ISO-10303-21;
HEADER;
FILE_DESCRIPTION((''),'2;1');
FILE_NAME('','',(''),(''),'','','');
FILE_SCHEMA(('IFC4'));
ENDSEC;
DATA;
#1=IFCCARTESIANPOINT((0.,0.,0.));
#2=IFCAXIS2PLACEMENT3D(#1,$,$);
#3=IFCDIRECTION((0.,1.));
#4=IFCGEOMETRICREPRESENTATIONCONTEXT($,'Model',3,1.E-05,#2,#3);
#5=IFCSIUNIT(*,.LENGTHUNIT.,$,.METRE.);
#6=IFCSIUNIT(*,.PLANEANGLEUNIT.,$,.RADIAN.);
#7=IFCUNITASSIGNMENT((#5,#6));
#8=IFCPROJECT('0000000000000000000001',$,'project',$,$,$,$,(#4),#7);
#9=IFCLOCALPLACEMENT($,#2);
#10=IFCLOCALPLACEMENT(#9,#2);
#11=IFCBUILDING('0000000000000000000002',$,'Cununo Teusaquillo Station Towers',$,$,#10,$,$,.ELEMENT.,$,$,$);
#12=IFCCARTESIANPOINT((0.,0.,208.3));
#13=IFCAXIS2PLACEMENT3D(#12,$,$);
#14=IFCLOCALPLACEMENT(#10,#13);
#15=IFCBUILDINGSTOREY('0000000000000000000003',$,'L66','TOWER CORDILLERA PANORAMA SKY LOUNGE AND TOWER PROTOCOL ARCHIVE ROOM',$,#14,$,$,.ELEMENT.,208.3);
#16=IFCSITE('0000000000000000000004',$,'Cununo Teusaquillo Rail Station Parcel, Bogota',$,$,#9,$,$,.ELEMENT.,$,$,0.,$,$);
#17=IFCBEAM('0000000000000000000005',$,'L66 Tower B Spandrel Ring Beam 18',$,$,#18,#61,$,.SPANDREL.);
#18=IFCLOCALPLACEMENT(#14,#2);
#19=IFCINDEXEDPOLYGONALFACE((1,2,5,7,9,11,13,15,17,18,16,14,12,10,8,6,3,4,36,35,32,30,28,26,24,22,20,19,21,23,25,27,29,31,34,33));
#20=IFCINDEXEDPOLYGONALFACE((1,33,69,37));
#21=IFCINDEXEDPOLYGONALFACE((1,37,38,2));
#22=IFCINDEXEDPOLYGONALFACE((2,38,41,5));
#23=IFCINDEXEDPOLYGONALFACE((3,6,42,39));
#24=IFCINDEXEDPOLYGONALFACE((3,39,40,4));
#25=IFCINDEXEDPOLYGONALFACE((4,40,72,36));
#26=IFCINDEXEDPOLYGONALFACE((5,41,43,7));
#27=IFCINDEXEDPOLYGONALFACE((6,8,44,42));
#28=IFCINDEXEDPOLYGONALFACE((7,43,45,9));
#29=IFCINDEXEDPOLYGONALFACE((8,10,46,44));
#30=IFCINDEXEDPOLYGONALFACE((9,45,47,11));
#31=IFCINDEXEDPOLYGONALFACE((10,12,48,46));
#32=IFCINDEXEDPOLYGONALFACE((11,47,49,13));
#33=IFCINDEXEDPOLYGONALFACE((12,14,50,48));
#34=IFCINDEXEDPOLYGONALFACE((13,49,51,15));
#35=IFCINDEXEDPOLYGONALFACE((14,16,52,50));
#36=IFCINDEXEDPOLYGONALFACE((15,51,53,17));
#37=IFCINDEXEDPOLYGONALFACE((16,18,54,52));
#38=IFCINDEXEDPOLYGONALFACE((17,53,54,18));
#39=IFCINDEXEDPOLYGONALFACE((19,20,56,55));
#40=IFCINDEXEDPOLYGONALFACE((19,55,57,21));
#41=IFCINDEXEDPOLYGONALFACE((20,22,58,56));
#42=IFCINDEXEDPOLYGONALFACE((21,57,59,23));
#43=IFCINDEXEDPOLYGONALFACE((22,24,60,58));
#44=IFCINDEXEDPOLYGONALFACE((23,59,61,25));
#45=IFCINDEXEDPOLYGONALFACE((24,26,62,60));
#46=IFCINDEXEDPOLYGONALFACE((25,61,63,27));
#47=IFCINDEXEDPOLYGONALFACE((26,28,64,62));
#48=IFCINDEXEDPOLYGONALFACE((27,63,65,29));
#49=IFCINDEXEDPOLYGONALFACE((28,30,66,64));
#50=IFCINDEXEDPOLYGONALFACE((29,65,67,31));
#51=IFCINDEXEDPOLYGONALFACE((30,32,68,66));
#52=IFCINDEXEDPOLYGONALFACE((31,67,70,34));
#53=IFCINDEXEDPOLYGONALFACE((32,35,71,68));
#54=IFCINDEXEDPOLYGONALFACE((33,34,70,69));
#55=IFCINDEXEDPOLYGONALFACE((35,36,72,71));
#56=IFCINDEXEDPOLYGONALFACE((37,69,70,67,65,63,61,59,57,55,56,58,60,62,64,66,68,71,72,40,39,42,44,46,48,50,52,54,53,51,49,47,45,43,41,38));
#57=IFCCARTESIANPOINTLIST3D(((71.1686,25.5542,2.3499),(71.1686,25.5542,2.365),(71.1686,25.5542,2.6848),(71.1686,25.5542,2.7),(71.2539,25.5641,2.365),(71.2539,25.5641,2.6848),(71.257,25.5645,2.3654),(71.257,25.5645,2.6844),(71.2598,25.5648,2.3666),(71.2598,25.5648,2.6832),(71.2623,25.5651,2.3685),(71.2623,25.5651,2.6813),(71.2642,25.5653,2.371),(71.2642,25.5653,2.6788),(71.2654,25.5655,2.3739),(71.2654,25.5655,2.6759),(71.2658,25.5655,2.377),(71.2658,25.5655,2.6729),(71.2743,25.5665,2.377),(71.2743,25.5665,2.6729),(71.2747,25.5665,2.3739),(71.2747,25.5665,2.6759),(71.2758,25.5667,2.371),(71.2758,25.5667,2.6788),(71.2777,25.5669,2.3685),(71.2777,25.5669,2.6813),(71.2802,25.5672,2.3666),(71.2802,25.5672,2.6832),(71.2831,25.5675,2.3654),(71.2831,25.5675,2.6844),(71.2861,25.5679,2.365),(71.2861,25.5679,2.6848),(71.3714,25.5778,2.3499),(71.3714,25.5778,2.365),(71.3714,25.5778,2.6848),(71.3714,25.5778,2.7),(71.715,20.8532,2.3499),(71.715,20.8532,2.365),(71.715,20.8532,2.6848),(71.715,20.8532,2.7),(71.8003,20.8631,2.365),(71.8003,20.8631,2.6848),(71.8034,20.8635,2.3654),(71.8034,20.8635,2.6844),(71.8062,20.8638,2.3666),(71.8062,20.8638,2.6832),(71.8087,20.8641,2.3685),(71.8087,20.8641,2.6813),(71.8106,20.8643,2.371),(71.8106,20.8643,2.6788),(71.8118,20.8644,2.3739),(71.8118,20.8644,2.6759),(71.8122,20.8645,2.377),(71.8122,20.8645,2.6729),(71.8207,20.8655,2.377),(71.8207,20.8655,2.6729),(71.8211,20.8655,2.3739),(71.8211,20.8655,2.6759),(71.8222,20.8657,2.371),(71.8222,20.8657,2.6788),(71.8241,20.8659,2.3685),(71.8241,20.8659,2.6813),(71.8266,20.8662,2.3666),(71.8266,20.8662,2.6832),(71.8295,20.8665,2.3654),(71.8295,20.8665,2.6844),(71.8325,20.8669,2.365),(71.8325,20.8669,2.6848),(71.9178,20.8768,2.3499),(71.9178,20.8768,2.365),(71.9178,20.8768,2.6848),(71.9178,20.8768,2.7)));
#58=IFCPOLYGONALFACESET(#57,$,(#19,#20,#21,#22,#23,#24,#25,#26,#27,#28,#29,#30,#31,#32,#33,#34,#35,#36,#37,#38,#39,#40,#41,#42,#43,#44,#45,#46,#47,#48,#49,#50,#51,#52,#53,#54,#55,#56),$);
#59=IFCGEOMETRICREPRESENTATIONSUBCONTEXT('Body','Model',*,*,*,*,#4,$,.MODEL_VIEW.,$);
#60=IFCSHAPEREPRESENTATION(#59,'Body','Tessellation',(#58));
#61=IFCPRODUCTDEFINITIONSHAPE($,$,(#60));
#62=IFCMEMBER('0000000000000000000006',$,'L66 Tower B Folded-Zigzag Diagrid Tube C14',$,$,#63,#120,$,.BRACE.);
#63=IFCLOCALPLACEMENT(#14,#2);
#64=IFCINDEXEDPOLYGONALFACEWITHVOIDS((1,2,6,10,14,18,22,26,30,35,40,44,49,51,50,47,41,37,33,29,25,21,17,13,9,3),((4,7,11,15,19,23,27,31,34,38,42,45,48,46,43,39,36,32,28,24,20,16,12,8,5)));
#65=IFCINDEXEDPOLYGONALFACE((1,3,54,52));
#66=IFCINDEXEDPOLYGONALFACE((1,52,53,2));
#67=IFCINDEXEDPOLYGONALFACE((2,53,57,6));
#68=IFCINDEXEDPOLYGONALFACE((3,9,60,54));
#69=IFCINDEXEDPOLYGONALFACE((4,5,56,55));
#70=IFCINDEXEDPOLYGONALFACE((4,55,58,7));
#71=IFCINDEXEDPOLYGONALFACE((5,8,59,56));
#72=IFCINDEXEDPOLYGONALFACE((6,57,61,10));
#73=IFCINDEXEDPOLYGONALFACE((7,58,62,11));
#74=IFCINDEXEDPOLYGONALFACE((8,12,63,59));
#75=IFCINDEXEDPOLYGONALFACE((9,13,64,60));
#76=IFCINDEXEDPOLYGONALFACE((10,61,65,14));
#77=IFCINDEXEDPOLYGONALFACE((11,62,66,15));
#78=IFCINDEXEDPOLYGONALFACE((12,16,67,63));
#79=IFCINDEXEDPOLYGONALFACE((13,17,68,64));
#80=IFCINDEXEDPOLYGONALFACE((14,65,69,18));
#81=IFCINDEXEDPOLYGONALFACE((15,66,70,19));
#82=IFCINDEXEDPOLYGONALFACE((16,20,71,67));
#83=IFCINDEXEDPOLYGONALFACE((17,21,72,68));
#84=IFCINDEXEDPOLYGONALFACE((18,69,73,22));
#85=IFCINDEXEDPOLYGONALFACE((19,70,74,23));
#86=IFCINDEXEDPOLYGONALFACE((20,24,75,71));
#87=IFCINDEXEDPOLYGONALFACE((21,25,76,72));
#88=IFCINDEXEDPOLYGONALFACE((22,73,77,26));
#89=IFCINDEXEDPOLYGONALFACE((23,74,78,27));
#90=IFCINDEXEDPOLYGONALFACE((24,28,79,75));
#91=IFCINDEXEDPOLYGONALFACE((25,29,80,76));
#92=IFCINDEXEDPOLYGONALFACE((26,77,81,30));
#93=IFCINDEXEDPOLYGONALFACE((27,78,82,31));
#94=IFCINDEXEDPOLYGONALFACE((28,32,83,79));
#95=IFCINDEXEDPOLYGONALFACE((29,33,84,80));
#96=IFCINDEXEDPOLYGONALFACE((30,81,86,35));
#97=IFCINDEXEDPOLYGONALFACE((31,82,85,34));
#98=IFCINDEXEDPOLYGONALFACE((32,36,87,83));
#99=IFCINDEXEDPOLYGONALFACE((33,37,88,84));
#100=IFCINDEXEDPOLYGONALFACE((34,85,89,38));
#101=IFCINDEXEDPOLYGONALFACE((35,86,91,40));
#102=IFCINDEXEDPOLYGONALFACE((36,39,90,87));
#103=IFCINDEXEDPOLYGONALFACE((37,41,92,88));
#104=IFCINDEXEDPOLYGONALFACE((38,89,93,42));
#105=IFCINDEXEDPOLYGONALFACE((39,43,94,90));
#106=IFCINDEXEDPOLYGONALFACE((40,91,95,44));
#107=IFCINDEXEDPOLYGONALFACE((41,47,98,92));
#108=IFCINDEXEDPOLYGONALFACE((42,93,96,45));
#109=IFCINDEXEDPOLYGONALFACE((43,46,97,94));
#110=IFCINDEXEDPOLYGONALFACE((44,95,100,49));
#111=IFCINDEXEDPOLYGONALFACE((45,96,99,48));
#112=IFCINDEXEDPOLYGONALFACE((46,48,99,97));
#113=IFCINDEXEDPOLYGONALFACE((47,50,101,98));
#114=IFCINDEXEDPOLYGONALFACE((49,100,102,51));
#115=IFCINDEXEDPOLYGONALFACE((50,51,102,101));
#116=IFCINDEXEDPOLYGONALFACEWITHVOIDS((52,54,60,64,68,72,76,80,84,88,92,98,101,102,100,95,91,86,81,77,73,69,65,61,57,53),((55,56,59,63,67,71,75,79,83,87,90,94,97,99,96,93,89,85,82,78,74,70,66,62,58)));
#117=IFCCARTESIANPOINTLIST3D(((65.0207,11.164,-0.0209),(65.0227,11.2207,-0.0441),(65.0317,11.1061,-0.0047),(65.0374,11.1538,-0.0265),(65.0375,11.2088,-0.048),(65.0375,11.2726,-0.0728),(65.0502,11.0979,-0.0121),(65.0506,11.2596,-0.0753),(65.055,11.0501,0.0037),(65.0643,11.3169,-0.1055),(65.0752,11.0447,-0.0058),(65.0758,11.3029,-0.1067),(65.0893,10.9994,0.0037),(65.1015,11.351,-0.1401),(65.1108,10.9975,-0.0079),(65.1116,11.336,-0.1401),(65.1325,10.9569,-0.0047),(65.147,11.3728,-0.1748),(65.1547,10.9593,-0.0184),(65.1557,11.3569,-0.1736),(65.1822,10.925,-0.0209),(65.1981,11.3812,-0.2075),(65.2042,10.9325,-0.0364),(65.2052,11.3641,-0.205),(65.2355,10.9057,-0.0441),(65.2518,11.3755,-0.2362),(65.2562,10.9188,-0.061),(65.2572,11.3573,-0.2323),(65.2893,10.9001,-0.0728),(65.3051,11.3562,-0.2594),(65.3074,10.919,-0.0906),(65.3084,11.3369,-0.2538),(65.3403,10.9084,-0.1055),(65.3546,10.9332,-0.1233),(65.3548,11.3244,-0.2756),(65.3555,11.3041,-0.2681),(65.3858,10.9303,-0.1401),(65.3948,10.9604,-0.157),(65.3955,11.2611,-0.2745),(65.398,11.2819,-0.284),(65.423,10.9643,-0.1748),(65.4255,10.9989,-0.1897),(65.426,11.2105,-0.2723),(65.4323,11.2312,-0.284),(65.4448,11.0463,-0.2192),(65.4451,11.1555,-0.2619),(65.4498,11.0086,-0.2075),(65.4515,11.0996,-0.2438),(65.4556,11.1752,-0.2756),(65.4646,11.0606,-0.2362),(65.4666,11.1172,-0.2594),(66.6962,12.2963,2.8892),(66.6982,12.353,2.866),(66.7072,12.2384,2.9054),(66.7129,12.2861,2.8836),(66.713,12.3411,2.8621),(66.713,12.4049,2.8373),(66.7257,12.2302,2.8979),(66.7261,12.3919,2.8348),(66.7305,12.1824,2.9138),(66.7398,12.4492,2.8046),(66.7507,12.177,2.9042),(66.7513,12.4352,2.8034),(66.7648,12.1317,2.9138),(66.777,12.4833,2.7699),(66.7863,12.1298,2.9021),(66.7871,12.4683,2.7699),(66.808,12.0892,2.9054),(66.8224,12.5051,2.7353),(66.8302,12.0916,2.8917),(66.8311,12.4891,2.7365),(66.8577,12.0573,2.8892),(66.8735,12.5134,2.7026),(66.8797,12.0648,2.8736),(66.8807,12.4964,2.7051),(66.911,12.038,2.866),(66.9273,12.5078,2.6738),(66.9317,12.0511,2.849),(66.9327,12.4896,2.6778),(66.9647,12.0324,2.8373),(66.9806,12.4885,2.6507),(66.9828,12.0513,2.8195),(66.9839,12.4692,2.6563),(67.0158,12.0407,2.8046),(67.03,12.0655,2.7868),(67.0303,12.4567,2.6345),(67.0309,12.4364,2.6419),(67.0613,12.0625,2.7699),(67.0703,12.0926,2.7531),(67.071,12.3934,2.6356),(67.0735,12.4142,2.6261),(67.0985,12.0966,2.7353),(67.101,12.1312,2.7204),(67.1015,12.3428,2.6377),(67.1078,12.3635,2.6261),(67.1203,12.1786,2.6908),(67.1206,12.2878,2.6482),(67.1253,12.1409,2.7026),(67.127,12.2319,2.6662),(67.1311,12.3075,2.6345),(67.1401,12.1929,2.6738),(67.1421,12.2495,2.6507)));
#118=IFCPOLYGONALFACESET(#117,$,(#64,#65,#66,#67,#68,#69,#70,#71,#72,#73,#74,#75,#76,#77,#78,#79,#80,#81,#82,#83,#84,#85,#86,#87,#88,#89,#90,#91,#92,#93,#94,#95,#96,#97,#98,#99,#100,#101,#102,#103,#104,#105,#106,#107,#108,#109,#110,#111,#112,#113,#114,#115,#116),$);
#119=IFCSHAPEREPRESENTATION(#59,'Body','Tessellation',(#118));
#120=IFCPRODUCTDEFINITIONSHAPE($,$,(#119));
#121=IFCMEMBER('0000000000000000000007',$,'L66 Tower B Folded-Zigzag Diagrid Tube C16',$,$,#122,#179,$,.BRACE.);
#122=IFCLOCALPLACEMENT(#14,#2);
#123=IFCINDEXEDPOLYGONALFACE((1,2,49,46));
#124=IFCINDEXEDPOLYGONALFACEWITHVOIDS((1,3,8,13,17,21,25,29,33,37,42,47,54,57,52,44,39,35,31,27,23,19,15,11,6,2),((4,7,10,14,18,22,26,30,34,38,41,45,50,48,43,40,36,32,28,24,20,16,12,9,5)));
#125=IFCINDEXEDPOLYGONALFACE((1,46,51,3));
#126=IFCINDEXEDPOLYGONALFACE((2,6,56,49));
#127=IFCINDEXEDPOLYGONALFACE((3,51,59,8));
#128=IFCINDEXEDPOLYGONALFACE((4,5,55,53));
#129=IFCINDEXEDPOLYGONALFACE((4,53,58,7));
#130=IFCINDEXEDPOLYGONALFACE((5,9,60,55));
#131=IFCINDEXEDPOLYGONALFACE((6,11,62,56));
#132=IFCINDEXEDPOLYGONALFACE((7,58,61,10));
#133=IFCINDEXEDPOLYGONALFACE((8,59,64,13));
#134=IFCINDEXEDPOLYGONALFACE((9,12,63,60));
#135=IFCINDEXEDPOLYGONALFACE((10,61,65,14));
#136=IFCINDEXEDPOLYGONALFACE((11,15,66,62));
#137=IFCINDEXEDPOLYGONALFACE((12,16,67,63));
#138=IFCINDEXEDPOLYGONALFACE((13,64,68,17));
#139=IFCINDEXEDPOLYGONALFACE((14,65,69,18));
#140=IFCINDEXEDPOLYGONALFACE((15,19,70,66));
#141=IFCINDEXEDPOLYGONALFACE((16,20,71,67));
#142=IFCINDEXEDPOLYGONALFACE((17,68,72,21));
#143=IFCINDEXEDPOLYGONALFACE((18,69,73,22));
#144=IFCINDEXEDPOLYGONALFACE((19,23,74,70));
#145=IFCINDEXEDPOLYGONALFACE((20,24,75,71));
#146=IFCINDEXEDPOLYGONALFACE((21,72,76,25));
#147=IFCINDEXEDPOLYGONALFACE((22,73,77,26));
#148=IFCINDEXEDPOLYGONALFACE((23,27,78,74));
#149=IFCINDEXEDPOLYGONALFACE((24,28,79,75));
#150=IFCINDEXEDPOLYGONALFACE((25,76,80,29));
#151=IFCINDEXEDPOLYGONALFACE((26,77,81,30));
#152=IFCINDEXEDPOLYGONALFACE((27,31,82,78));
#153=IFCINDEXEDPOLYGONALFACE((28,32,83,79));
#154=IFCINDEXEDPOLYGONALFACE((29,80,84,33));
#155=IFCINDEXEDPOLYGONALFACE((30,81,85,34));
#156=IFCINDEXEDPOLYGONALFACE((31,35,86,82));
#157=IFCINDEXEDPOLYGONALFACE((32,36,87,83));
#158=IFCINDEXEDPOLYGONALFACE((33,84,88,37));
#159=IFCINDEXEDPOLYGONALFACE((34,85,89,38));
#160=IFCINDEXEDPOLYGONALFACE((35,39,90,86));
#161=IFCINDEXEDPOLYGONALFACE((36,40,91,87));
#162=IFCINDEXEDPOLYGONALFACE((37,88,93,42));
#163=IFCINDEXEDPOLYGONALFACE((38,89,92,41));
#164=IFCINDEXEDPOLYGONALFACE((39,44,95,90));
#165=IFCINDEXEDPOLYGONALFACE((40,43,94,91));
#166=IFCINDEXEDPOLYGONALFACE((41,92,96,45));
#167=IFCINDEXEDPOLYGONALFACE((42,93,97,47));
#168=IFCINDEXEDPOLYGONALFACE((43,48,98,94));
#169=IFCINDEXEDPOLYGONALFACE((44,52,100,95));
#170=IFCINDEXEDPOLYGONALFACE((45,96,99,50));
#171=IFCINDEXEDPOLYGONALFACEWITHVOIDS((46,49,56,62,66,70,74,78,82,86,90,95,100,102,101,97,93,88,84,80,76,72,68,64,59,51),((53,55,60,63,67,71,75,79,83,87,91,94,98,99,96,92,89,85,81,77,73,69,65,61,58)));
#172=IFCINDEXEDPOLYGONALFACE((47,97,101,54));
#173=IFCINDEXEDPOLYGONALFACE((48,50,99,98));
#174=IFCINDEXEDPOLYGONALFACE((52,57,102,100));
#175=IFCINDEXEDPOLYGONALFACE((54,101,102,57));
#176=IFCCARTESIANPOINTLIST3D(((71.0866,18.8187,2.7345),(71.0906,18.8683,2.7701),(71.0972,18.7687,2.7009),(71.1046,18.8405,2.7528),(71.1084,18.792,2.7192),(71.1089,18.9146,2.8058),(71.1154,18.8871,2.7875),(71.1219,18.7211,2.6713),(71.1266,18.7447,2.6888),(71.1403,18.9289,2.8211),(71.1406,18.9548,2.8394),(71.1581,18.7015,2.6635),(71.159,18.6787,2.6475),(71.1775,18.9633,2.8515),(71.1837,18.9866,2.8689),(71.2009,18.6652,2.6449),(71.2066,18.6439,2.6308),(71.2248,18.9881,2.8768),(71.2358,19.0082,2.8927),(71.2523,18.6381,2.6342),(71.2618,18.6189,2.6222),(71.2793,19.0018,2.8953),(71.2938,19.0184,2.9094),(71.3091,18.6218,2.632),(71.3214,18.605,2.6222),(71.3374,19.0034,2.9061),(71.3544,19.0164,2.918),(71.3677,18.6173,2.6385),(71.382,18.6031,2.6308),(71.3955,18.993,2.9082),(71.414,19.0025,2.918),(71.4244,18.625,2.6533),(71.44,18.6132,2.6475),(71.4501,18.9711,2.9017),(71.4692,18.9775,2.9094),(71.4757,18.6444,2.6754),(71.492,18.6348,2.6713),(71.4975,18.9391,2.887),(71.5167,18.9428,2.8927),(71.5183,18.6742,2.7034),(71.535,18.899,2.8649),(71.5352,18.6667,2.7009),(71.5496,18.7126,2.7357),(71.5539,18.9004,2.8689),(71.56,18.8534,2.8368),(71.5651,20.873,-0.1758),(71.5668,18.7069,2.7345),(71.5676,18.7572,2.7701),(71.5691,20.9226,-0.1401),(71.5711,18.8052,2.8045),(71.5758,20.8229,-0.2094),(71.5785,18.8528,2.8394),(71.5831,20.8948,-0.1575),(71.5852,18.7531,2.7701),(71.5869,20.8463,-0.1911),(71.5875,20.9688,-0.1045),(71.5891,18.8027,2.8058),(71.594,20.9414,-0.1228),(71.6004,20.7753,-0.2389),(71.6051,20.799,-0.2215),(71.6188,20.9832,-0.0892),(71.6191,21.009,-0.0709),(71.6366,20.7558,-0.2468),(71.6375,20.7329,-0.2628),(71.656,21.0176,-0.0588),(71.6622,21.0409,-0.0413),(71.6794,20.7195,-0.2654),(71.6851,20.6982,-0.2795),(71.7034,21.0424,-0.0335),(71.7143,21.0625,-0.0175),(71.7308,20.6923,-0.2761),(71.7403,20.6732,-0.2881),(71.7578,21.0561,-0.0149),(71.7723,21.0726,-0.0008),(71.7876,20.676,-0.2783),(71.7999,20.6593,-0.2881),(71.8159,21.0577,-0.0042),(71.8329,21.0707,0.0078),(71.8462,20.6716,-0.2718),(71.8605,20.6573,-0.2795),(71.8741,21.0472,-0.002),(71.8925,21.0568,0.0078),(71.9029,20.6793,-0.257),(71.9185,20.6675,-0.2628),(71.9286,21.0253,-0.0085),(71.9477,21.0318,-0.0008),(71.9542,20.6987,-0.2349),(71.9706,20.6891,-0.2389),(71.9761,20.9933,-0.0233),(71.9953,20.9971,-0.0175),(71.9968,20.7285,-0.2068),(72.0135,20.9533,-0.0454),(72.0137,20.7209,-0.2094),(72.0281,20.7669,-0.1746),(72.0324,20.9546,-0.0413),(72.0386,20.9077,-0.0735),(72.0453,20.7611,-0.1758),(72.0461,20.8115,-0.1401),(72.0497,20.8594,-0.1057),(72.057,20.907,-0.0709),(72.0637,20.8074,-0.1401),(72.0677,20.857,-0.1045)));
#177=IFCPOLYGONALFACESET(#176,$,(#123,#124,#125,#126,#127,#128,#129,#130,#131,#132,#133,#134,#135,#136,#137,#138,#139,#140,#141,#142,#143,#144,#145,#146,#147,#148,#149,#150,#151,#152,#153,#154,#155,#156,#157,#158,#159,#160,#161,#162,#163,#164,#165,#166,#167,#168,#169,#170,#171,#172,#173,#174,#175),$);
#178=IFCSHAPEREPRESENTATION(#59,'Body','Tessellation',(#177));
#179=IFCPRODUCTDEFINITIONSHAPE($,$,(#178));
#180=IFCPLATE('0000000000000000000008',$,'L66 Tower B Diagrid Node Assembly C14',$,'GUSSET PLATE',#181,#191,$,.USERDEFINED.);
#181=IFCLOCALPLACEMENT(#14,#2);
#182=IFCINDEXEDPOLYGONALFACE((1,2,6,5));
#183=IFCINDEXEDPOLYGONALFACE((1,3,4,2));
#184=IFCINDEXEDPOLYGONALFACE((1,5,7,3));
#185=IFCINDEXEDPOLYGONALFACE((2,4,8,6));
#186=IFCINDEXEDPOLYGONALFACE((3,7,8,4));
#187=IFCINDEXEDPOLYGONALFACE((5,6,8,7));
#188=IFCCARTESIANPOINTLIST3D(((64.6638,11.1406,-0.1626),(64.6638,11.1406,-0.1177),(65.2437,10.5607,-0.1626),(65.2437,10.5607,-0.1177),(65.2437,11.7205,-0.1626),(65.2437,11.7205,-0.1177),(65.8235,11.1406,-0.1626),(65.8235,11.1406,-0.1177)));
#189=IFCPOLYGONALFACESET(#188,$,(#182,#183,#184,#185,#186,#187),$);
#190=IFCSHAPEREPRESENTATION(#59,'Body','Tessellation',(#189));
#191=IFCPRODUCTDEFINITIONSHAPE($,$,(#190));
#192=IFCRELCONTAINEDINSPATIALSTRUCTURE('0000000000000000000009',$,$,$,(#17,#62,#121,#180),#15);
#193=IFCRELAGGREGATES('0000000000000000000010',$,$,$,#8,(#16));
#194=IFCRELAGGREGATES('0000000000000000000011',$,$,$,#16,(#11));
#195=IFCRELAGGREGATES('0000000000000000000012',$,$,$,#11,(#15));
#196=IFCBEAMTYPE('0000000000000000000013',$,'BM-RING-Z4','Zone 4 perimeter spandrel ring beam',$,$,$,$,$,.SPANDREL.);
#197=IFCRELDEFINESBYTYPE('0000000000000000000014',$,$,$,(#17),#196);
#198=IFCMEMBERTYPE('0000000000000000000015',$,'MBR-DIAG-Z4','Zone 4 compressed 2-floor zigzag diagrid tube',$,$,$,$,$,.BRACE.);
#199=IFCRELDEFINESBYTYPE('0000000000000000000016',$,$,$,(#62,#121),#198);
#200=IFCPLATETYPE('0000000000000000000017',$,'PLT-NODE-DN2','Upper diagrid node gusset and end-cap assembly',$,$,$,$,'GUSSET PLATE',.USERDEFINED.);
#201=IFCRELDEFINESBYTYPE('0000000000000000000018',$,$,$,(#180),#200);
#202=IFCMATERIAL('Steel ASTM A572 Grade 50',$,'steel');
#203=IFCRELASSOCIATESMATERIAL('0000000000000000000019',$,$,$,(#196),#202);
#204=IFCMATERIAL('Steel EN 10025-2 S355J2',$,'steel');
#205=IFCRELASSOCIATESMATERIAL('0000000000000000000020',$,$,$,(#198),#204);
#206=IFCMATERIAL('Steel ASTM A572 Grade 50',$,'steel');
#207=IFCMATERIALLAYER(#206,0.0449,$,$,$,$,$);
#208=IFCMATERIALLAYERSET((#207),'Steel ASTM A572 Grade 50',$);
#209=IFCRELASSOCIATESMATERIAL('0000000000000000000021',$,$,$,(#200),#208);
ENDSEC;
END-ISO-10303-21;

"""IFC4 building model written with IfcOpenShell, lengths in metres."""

from ifc_helpers import new_model, si_unit, direction, frame, origin, origin_2d, place, context, subcontext, project, spatial, rectangle, hollow_circle, i_section, extrude, source, transform, mapped, material, layer, layer_set, material_profile, profile_set, type_object, element, save


model = new_model("IFC4")

# Units and contexts
model_context = context("Model", 3, precision=1e-05, world=origin(), true_north=direction((0.0, 1.0)))
body_context = subcontext(model_context, "Body", "Model", "MODEL_VIEW")
ifc_project = project(units=[si_unit("LENGTHUNIT", "METRE"), si_unit("PLANEANGLEUNIT", "RADIAN")], contexts=[model_context])

# Site, building, storey
site_placement = place(None, origin())
site = spatial("IfcSite", under=ifc_project, at=site_placement, Name="Cununo Teusaquillo Rail Station Parcel, Bogota", CompositionType="ELEMENT", RefElevation=0.0)
building_placement = place(site_placement, origin())
building = spatial("IfcBuilding", under=site, at=building_placement, Name="Cununo Teusaquillo Station Towers", CompositionType="ELEMENT")
storey_placement = place(building_placement, frame((0.0, 0.0, 208.3)))
storey = spatial("IfcBuildingStorey", under=building, at=storey_placement, Name="L66", Description="TOWER CORDILLERA PANORAMA SKY LOUNGE AND TOWER PROTOCOL ARCHIVE ROOM", CompositionType="ELEMENT", Elevation=208.3)

# Beam
ifc_material_1 = material(Name="Steel ASTM A572 Grade 50", Category="steel")
ifc_material_profile_1 = material_profile(ifc_material_1, i_section(OverallWidth=0.2041, OverallDepth=0.3501, WebThickness=0.0085, FlangeThickness=0.0151, FilletRadius=0.012, at=origin_2d()), Name="W14X48")
ifc_profile_set_1 = profile_set([ifc_material_profile_1], Name="Steel ASTM A572 Grade 50")
beam_type_1 = type_object("IfcBeamType", Name="BM-RING-Z4", Description="Zone 4 perimeter spandrel ring beam", PredefinedType="SPANDREL", material=ifc_profile_set_1)
beam_1_placement = place(storey_placement, frame((71.8164, 20.865, 2.5249), z_axis=(-0.115452, 0.993313, 0.0), x_axis=(-0.993313, -0.115452, 0.0)))
element("IfcBeam", 1, at=beam_1_placement, inside=storey, type_object=beam_type_1, Name="L66 Tower B Spandrel Ring Beam 18", PredefinedType="SPANDREL", context=body_context, shape_type="SweptSolid", body=[
    extrude(i_section(OverallWidth=0.2041, OverallDepth=0.3501, WebThickness=0.0085, FlangeThickness=0.0151, FilletRadius=0.012, at=origin_2d()), origin(), (0.0, 0.0, 1.0), 4.7327),
])

# Members
ifc_material_2 = material(Name="Steel EN 10025-2 S355J2", Category="steel")
ifc_material_profile_2 = material_profile(ifc_material_2, hollow_circle(Radius=0.2539, WallThickness=0.0181, at=origin_2d()), Name="CHS 508x18")
ifc_profile_set_2 = profile_set([ifc_material_profile_2], Name="Steel EN 10025-2 S355J2")
member_type = type_object("IfcMemberType", Name="MBR-DIAG-Z4", Description="Zone 4 compressed 2-floor zigzag diagrid tube", PredefinedType="BRACE", material=ifc_profile_set_2)
member_1_placement = place(storey_placement, frame((65.2437, 11.1406, -0.1401), z_axis=(0.472807, 0.319522, 0.821194), x_axis=(-0.559927, 0.828542, 0.0)))
element("IfcMember", 2, at=member_1_placement, inside=storey, type_object=member_type, Name="L66 Tower B Folded-Zigzag Diagrid Tube C14", PredefinedType="BRACE", context=body_context, shape_type="SweptSolid", body=[
    extrude(hollow_circle(Radius=0.2539, WallThickness=0.0181, at=origin_2d()), origin(), (0.0, 0.0, 1.0), 3.5437),
])
member_2_placement = place(storey_placement, frame((71.8164, 20.865, -0.1401), z_axis=(-0.133138, -0.571544, 0.809699), x_axis=(0.973925, -0.226871, 0.0)))
element("IfcMember", 3, at=member_2_placement, inside=storey, type_object=member_type, Name="L66 Tower B Folded-Zigzag Diagrid Tube C16", PredefinedType="BRACE", context=body_context, shape_type="SweptSolid", body=[
    extrude(hollow_circle(Radius=0.2539, WallThickness=0.0181, at=origin_2d()), origin(), (0.0, 0.0, 1.0), 3.5942),
])

# Plate
ifc_material_3 = material(Name="Steel ASTM A572 Grade 50", Category="steel")
ifc_layer_1 = layer(ifc_material_3, 0.0449)
ifc_layer_set_1 = layer_set([ifc_layer_1], Name="Steel ASTM A572 Grade 50")
plate_type = type_object("IfcPlateType", Name="PLT-NODE-DN2", Description="Upper diagrid node gusset and end-cap assembly", ElementType="GUSSET PLATE", PredefinedType="USERDEFINED", material=ifc_layer_set_1)
shared_shape_1 = source(origin(), body_context, "Body", "SweptSolid", [
    extrude(rectangle(XDim=0.8201, YDim=0.8201, at=origin_2d()), origin(), (0.0, 0.0, 1.0), 0.0449),
])
for number, where, z_axis, x_axis, name in (
    (4, (65.2437, 11.1406, -0.1626), (0.0, 0.0, 1.0), (0.707107, 0.707107, 0.0), "L66 Tower B Diagrid Node Assembly C14"),
):
    element("IfcPlate", number, at=place(storey_placement, frame(where, z_axis=z_axis, x_axis=x_axis)), inside=storey, type_object=plate_type, Name=name, ObjectType="GUSSET PLATE", PredefinedType="USERDEFINED", context=body_context, shape_type="MappedRepresentation", body=[
        mapped(shared_shape_1, transform((0.0, 0.0, 0.0), x_axis=(1.0, 0.0, 0.0), y_axis=(0.0, 1.0, 0.0), z_axis=(0.0, 0.0, 1.0), scale=1.0)),
    ])

save(model, "model.ifc")
